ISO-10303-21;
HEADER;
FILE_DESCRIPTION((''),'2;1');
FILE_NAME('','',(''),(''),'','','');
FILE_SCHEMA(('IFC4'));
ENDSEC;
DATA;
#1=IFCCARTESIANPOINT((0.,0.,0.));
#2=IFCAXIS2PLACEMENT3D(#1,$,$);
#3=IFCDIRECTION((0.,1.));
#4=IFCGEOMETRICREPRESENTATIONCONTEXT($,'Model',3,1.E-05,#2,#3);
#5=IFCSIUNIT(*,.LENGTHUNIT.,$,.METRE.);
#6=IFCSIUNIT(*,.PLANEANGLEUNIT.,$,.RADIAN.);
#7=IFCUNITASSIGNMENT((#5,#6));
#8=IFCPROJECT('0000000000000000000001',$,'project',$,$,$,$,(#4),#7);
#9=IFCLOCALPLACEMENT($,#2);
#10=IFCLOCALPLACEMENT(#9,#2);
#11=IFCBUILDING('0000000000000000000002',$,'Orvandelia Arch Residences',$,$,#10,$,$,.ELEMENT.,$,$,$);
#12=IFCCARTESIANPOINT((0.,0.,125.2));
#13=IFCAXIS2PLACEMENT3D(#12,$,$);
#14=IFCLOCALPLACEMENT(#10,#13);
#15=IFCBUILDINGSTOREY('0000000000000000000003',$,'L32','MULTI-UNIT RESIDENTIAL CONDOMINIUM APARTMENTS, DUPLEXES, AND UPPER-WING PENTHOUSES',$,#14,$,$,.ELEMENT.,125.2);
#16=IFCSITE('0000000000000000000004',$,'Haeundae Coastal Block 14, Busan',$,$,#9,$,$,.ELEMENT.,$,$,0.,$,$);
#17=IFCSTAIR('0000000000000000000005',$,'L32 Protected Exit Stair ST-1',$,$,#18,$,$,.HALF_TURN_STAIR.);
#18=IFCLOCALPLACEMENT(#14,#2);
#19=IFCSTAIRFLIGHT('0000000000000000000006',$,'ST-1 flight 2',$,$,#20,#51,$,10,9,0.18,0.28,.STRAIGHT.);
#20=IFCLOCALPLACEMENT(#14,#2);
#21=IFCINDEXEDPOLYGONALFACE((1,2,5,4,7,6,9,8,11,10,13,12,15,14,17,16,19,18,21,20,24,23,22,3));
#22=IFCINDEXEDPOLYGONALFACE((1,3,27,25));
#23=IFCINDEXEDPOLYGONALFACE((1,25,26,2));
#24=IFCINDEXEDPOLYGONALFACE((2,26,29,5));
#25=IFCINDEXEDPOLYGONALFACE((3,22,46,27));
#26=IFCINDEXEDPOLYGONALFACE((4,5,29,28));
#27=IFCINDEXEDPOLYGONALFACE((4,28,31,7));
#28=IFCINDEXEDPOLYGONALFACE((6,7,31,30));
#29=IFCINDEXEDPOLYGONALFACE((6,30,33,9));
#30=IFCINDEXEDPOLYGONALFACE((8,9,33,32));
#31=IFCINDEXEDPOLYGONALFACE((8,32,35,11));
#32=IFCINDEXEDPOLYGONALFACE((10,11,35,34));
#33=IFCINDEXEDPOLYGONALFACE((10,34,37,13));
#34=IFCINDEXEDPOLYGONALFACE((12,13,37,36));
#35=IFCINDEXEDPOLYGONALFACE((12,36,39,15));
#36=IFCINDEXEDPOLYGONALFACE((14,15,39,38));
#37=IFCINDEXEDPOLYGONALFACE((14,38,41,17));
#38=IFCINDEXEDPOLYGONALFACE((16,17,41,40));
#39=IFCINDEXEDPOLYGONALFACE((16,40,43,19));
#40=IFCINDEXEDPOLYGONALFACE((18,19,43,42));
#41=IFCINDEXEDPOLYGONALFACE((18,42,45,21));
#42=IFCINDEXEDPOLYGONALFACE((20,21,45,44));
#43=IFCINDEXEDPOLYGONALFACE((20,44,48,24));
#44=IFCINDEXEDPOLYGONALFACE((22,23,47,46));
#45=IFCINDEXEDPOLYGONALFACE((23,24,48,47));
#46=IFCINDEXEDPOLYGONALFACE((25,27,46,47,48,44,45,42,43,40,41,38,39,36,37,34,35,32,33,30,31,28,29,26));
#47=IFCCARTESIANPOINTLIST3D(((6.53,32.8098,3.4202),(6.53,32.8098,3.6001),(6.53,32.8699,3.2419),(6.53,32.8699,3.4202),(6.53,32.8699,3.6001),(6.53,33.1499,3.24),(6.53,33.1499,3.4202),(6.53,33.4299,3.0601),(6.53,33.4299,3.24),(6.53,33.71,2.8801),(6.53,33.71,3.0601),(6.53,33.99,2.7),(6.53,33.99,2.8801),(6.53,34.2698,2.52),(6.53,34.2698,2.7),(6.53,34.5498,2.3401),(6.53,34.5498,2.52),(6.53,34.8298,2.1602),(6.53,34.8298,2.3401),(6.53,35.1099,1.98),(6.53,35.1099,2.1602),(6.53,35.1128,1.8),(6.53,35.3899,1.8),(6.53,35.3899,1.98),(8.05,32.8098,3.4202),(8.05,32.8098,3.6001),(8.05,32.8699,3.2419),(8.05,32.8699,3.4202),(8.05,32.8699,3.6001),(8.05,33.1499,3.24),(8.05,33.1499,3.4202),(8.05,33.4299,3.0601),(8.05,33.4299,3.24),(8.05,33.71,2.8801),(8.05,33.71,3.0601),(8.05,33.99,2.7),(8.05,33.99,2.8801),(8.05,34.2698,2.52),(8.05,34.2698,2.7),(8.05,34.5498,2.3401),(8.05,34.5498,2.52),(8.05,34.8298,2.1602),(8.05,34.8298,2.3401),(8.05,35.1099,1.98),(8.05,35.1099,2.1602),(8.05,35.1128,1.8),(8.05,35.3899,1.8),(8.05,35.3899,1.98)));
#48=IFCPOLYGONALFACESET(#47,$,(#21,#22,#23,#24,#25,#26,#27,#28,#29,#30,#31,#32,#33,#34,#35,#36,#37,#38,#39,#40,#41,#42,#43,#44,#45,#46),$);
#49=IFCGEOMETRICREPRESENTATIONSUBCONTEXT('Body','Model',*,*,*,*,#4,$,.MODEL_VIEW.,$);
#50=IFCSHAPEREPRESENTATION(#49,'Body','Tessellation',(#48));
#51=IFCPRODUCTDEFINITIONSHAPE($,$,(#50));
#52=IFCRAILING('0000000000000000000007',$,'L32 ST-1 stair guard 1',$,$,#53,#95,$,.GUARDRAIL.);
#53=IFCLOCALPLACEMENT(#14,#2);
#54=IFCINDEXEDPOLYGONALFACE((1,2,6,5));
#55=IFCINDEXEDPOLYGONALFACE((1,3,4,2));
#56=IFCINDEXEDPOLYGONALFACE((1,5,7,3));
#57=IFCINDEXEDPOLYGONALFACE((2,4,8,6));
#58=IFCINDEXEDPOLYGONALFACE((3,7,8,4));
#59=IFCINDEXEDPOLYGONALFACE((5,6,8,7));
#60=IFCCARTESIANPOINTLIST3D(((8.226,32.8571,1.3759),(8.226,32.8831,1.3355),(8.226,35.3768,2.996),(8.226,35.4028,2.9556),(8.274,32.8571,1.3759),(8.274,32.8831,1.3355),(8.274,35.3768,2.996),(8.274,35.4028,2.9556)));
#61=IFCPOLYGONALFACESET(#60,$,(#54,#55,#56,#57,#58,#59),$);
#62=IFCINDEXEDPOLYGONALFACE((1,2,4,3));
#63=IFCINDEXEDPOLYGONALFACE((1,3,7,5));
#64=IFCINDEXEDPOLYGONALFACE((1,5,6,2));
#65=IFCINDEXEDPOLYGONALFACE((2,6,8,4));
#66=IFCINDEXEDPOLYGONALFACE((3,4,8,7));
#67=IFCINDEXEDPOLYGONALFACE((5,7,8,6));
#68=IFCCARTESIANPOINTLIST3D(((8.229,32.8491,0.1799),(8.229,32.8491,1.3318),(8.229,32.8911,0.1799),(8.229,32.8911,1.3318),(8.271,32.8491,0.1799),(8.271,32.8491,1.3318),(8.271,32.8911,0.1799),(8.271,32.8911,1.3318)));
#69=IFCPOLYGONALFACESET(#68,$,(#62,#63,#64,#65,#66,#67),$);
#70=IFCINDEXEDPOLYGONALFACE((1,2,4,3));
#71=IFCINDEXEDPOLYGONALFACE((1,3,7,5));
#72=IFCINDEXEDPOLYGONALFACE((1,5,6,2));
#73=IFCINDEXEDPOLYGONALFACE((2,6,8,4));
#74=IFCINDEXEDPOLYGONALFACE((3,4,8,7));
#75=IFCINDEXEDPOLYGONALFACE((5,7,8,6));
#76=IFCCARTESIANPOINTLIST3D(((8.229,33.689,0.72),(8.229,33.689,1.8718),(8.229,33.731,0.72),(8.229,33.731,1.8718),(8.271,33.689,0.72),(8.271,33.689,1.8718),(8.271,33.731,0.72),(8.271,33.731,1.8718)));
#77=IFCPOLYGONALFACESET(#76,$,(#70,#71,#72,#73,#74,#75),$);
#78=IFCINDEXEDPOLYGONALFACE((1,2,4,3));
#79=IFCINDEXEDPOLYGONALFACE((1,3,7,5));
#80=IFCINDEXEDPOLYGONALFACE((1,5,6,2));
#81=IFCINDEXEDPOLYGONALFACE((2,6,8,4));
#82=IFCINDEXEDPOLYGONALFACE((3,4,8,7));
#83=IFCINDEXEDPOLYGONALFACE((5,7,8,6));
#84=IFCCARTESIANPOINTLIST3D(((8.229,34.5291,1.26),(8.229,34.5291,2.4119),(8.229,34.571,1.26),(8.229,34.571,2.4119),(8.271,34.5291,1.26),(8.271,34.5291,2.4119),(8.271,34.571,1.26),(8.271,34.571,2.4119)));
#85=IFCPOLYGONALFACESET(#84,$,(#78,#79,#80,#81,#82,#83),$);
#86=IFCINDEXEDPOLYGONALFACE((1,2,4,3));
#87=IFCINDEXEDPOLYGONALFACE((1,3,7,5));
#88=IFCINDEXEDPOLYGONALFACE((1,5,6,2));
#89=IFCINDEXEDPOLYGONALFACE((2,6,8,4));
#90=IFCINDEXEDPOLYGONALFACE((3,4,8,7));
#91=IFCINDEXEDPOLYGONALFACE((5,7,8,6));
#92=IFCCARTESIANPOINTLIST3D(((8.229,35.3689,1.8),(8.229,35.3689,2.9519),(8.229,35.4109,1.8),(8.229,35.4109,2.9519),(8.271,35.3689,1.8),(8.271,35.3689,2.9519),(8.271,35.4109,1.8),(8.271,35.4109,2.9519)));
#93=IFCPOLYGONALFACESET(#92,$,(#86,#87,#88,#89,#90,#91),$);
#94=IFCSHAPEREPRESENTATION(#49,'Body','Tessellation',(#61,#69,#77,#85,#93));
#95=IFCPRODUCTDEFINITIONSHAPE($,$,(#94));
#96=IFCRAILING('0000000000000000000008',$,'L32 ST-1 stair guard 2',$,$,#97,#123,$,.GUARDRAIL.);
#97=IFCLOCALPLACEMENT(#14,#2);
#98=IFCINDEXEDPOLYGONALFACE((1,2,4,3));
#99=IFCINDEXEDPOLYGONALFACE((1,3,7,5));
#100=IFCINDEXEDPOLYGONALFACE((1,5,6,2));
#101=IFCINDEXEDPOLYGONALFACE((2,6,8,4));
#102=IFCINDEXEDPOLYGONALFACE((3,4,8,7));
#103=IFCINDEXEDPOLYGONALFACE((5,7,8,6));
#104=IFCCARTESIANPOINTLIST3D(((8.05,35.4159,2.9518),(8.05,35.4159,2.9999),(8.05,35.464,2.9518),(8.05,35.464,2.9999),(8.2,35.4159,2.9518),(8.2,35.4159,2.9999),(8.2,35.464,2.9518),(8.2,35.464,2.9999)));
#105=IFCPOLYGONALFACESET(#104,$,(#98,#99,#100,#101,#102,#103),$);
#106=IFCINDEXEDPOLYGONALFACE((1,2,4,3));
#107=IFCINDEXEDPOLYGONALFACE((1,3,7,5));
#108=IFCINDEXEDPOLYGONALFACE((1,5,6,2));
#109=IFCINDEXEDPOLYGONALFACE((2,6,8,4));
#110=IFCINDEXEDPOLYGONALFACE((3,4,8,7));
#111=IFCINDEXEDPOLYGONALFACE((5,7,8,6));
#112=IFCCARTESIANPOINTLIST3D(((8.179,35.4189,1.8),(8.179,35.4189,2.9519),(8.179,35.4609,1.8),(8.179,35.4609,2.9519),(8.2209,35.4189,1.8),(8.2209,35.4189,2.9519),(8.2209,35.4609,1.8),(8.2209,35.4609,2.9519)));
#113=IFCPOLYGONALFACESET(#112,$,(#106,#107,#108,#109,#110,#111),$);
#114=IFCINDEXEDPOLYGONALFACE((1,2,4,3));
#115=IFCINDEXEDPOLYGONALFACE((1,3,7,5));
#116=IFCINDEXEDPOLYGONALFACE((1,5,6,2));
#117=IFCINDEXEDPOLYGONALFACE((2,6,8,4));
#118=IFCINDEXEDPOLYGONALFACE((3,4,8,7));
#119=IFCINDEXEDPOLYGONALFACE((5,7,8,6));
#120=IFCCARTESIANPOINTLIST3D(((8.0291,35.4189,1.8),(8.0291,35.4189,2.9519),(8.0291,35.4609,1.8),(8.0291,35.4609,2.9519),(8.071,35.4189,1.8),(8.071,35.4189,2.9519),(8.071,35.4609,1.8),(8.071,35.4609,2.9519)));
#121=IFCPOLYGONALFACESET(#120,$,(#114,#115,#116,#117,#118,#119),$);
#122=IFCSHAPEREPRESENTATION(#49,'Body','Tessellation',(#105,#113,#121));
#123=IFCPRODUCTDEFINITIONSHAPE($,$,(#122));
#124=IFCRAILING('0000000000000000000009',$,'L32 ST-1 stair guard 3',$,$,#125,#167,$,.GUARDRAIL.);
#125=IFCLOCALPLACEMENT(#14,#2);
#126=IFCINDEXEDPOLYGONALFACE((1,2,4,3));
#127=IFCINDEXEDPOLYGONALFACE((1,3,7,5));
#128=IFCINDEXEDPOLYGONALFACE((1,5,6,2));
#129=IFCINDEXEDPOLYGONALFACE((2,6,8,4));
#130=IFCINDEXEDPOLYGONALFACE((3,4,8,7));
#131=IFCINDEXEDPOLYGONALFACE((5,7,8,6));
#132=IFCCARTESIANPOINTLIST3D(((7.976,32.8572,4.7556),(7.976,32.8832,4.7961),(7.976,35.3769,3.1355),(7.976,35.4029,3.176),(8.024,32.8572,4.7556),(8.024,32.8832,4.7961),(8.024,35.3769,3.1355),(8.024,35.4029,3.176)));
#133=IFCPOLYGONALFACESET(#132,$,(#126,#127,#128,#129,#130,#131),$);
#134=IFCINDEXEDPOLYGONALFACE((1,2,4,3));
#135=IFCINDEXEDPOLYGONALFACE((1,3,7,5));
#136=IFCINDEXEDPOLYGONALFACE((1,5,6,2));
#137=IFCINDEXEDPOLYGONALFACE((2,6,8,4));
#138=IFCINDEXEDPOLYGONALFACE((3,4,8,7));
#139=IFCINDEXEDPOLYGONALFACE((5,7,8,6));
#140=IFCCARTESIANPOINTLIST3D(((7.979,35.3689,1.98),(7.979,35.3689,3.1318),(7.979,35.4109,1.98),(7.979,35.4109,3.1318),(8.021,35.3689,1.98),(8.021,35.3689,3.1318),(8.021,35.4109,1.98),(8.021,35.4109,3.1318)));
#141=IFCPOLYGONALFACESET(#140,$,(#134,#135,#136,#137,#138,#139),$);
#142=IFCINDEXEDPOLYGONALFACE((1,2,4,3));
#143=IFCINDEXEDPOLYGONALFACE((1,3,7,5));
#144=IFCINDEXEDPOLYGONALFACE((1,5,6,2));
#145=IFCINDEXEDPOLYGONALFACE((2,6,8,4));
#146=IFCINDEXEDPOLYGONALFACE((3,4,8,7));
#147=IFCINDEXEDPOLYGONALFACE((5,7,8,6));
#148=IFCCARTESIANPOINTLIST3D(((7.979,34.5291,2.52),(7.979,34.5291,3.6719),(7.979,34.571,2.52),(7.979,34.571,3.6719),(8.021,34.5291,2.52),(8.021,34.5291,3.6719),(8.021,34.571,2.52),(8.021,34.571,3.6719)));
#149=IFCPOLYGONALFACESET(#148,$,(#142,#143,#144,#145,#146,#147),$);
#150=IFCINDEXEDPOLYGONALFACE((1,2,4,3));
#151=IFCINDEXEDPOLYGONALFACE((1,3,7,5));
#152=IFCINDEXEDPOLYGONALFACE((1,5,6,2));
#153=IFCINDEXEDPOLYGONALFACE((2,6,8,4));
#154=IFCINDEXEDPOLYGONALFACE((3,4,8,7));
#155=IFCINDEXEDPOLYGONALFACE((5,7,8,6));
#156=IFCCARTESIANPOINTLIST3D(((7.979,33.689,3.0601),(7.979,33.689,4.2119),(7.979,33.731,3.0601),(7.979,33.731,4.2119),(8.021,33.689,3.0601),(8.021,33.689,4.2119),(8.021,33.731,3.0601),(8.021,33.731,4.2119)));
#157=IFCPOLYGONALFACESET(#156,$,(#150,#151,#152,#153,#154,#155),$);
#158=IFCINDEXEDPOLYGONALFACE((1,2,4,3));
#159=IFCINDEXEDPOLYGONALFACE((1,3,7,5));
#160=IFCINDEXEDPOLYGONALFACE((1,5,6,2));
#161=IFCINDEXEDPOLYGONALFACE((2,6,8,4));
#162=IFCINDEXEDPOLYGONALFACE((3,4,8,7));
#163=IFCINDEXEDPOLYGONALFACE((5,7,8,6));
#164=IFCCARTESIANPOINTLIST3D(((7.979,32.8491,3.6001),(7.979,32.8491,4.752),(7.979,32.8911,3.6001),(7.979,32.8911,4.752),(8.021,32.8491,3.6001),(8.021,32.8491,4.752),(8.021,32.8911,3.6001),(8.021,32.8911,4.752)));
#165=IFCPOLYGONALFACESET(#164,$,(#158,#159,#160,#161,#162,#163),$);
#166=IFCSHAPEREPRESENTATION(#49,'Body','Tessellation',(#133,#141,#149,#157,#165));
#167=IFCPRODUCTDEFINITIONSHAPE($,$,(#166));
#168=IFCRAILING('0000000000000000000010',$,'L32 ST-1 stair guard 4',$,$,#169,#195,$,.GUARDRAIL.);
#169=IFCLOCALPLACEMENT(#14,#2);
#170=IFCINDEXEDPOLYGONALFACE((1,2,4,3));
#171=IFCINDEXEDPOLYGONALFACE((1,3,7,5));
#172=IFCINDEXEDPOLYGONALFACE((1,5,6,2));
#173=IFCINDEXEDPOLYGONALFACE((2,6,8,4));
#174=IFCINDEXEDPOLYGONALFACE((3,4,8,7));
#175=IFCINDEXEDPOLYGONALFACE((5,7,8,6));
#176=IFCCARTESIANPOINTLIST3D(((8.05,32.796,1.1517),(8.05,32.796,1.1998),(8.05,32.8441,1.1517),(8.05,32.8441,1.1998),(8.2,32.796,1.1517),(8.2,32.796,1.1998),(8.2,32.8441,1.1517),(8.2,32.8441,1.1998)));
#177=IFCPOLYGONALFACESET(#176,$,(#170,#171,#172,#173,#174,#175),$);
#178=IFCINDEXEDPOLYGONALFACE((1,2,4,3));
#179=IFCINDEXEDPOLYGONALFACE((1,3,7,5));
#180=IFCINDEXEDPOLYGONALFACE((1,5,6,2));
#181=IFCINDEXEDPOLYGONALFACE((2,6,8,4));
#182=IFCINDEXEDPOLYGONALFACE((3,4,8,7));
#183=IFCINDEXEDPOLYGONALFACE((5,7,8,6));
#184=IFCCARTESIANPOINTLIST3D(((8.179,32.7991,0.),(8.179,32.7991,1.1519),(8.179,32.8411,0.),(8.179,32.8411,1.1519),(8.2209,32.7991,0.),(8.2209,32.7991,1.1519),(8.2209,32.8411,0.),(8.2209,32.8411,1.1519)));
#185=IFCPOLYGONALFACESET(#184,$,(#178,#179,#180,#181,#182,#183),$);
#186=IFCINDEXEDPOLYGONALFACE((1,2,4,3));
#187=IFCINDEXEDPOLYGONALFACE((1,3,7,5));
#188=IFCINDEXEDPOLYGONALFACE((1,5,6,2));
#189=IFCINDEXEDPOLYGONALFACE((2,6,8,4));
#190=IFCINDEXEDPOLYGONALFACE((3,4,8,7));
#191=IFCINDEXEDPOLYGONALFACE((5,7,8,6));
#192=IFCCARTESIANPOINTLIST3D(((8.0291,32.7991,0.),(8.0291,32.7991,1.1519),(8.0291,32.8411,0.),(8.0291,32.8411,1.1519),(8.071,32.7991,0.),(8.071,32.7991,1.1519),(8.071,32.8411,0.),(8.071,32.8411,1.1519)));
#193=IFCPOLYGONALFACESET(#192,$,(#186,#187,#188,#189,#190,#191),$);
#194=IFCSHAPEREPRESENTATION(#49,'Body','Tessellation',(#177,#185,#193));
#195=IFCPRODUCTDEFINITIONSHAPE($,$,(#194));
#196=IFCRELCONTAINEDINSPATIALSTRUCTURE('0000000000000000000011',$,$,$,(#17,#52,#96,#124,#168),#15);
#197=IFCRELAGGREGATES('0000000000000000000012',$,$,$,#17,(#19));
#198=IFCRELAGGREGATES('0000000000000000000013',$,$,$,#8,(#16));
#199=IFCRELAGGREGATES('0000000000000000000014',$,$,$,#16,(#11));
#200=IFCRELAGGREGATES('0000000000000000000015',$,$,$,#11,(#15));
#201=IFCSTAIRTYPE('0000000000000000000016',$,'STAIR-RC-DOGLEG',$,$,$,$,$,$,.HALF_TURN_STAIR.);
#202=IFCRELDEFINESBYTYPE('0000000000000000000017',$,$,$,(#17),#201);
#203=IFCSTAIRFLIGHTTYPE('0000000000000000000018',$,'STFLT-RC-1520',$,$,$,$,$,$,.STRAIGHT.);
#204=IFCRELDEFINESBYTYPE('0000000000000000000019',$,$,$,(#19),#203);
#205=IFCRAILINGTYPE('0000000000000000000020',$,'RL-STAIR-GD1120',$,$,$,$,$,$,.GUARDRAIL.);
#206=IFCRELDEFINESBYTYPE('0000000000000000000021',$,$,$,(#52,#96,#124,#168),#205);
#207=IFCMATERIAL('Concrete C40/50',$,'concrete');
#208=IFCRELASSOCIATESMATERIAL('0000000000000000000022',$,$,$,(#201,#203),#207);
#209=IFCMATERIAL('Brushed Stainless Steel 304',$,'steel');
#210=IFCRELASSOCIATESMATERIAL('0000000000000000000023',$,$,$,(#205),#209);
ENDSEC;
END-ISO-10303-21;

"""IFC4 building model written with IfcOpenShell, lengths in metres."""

from ifc_helpers import new_model, si_unit, direction, frame, origin, origin_2d, place, context, subcontext, project, spatial, polyline, rectangle, outline, extrude, material, type_object, element, aggregate, save


model = new_model("IFC4")

# Units and contexts
model_context = context("Model", 3, precision=1e-05, world=origin(), true_north=direction((0.0, 1.0)))
body_context = subcontext(model_context, "Body", "Model", "MODEL_VIEW")
ifc_project = project(units=[si_unit("LENGTHUNIT", "METRE"), si_unit("PLANEANGLEUNIT", "RADIAN")], contexts=[model_context])

# Site, building, storey
site_placement = place(None, origin())
site = spatial("IfcSite", under=ifc_project, at=site_placement, Name="Haeundae Coastal Block 14, Busan", CompositionType="ELEMENT", RefElevation=0.0)
building_placement = place(site_placement, origin())
building = spatial("IfcBuilding", under=site, at=building_placement, Name="Orvandelia Arch Residences", CompositionType="ELEMENT")
storey_placement = place(building_placement, frame((0.0, 0.0, 125.2)))
storey = spatial("IfcBuildingStorey", under=building, at=storey_placement, Name="L32", Description="MULTI-UNIT RESIDENTIAL CONDOMINIUM APARTMENTS, DUPLEXES, AND UPPER-WING PENTHOUSES", CompositionType="ELEMENT", Elevation=125.2)

# Stair, stair flight
ifc_material_1 = material(Name="Concrete C40/50", Category="concrete")
stair_type = type_object("IfcStairType", Name="STAIR-RC-DOGLEG", PredefinedType="HALF_TURN_STAIR", material=ifc_material_1)
stair_placement = place(storey_placement, origin())
stair = element("IfcStair", 1, at=stair_placement, inside=storey, type_object=stair_type, Name="L32 Protected Exit Stair ST-1", PredefinedType="HALF_TURN_STAIR")
stair_flight_type = type_object("IfcStairFlightType", Name="STFLT-RC-1520", PredefinedType="STRAIGHT", material=ifc_material_1)
stair_flight_1_placement = place(storey_placement, frame((7.29, 35.3899, 1.8), z_axis=(0.0, 0.0, 1.0), x_axis=(0.0, -1.0, 0.0)))
stair_flight_1 = element("IfcStairFlight", 2, at=stair_flight_1_placement, type_object=stair_flight_type, Name="ST-1 flight 2", NumberOfRisers=10, NumberOfTreads=9, PredefinedType="STRAIGHT", RiserHeight=0.18, TreadLength=0.28, context=body_context, shape_type="SweptSolid", body=[
    extrude(outline(polyline([(0.0, 0.0), (0.0, 0.1799), (0.28, 0.1799), (0.28, 0.3601), (0.5601, 0.3601), (0.5601, 0.54), (0.8401, 0.54), (0.8401, 0.72), (1.1201, 0.72), (1.1201, 0.8999), (1.3999, 0.8999), (1.3999, 1.0801), (1.6799, 1.0801), (1.6799, 1.26), (1.96, 1.26), (1.96, 1.4399), (2.24, 1.4399), (2.24, 1.6201), (2.52, 1.6201), (2.52, 1.8), (2.5801, 1.8), (2.5801, 1.6201), (2.52, 1.4419), (0.2771, 0.0), (0.0, 0.0)])), frame((0.0, 0.76, 0.0), z_axis=(0.0, -1.0, 0.0), x_axis=(1.0, 0.0, 0.0)), (0.0, 0.0, 1.0), 1.52),
])
aggregate(stair, [stair_flight_1])

# Railings
ifc_material_2 = material(Name="Brushed Stainless Steel 304", Category="steel")
railing_type_1 = type_object("IfcRailingType", Name="RL-STAIR-GD1120", PredefinedType="GUARDRAIL", material=ifc_material_2)
railing_1_placement = place(storey_placement, frame((8.25, 32.8701, 0.1799)))
element("IfcRailing", 3, at=railing_1_placement, inside=storey, type_object=railing_type_1, Name="L32 ST-1 stair guard 1", PredefinedType="GUARDRAIL", context=body_context, shape_type="SweptSolid", body=[
    extrude(rectangle(XDim=0.0481, YDim=0.0481, at=origin_2d()), frame((0.0, 0.0, 1.1758), z_axis=(0.0, 0.841139, 0.540819), x_axis=(-1.0, 0.0, 0.0)), (0.0, 0.0, 1.0), 2.9956),
    extrude(rectangle(XDim=0.042, YDim=0.042, at=origin_2d()), origin(), (0.0, 0.0, 1.0), 1.1519),
    extrude(rectangle(XDim=0.042, YDim=0.042, at=origin_2d()), frame((0.0, 0.8398, 0.54)), (0.0, 0.0, 1.0), 1.1519),
    extrude(rectangle(XDim=0.042, YDim=0.042, at=origin_2d()), frame((0.0, 1.6799, 1.0801)), (0.0, 0.0, 1.0), 1.1519),
    extrude(rectangle(XDim=0.042, YDim=0.042, at=origin_2d()), frame((0.0, 2.5198, 1.6201)), (0.0, 0.0, 1.0), 1.1519),
])
railing_2_placement = place(storey_placement, frame((8.2, 35.4399, 1.8)))
element("IfcRailing", 4, at=railing_2_placement, inside=storey, type_object=railing_type_1, Name="L32 ST-1 stair guard 2", PredefinedType="GUARDRAIL", context=body_context, shape_type="SweptSolid", body=[
    extrude(rectangle(XDim=0.0481, YDim=0.0481, at=origin_2d()), frame((0.0, 0.0, 1.1758), z_axis=(-1.0, 0.0, 0.0), x_axis=(0.0, -1.0, 0.0)), (0.0, 0.0, 1.0), 0.1499),
    extrude(rectangle(XDim=0.042, YDim=0.042, at=origin_2d()), origin(), (0.0, 0.0, 1.0), 1.1519),
    extrude(rectangle(XDim=0.042, YDim=0.042, at=origin_2d()), frame((-0.1499, 0.0, 0.0)), (0.0, 0.0, 1.0), 1.1519),
])
railing_3_placement = place(storey_placement, frame((8.0, 35.3899, 1.98)))
element("IfcRailing", 5, at=railing_3_placement, inside=storey, type_object=railing_type_1, Name="L32 ST-1 stair guard 3", PredefinedType="GUARDRAIL", context=body_context, shape_type="SweptSolid", body=[
    extrude(rectangle(XDim=0.0481, YDim=0.0481, at=origin_2d()), frame((0.0, 0.0, 1.1758), z_axis=(0.0, -0.841139, 0.540819), x_axis=(1.0, 0.0, 0.0)), (0.0, 0.0, 1.0), 2.9956),
    extrude(rectangle(XDim=0.042, YDim=0.042, at=origin_2d()), origin(), (0.0, 0.0, 1.0), 1.1519),
    extrude(rectangle(XDim=0.042, YDim=0.042, at=origin_2d()), frame((0.0, -0.8398, 0.54)), (0.0, 0.0, 1.0), 1.1519),
    extrude(rectangle(XDim=0.042, YDim=0.042, at=origin_2d()), frame((0.0, -1.6799, 1.0801)), (0.0, 0.0, 1.0), 1.1519),
    extrude(rectangle(XDim=0.042, YDim=0.042, at=origin_2d()), frame((0.0, -2.5198, 1.6201)), (0.0, 0.0, 1.0), 1.1519),
])
railing_4_placement = place(storey_placement, frame((8.2, 32.8201, 0.0)))
element("IfcRailing", 6, at=railing_4_placement, inside=storey, type_object=railing_type_1, Name="L32 ST-1 stair guard 4", PredefinedType="GUARDRAIL", context=body_context, shape_type="SweptSolid", body=[
    extrude(rectangle(XDim=0.0481, YDim=0.0481, at=origin_2d()), frame((0.0, 0.0, 1.1758), z_axis=(-1.0, 0.0, 0.0), x_axis=(0.0, -1.0, 0.0)), (0.0, 0.0, 1.0), 0.1499),
    extrude(rectangle(XDim=0.042, YDim=0.042, at=origin_2d()), origin(), (0.0, 0.0, 1.0), 1.1519),
    extrude(rectangle(XDim=0.042, YDim=0.042, at=origin_2d()), frame((-0.1499, 0.0, 0.0)), (0.0, 0.0, 1.0), 1.1519),
])

save(model, "model.ifc")
